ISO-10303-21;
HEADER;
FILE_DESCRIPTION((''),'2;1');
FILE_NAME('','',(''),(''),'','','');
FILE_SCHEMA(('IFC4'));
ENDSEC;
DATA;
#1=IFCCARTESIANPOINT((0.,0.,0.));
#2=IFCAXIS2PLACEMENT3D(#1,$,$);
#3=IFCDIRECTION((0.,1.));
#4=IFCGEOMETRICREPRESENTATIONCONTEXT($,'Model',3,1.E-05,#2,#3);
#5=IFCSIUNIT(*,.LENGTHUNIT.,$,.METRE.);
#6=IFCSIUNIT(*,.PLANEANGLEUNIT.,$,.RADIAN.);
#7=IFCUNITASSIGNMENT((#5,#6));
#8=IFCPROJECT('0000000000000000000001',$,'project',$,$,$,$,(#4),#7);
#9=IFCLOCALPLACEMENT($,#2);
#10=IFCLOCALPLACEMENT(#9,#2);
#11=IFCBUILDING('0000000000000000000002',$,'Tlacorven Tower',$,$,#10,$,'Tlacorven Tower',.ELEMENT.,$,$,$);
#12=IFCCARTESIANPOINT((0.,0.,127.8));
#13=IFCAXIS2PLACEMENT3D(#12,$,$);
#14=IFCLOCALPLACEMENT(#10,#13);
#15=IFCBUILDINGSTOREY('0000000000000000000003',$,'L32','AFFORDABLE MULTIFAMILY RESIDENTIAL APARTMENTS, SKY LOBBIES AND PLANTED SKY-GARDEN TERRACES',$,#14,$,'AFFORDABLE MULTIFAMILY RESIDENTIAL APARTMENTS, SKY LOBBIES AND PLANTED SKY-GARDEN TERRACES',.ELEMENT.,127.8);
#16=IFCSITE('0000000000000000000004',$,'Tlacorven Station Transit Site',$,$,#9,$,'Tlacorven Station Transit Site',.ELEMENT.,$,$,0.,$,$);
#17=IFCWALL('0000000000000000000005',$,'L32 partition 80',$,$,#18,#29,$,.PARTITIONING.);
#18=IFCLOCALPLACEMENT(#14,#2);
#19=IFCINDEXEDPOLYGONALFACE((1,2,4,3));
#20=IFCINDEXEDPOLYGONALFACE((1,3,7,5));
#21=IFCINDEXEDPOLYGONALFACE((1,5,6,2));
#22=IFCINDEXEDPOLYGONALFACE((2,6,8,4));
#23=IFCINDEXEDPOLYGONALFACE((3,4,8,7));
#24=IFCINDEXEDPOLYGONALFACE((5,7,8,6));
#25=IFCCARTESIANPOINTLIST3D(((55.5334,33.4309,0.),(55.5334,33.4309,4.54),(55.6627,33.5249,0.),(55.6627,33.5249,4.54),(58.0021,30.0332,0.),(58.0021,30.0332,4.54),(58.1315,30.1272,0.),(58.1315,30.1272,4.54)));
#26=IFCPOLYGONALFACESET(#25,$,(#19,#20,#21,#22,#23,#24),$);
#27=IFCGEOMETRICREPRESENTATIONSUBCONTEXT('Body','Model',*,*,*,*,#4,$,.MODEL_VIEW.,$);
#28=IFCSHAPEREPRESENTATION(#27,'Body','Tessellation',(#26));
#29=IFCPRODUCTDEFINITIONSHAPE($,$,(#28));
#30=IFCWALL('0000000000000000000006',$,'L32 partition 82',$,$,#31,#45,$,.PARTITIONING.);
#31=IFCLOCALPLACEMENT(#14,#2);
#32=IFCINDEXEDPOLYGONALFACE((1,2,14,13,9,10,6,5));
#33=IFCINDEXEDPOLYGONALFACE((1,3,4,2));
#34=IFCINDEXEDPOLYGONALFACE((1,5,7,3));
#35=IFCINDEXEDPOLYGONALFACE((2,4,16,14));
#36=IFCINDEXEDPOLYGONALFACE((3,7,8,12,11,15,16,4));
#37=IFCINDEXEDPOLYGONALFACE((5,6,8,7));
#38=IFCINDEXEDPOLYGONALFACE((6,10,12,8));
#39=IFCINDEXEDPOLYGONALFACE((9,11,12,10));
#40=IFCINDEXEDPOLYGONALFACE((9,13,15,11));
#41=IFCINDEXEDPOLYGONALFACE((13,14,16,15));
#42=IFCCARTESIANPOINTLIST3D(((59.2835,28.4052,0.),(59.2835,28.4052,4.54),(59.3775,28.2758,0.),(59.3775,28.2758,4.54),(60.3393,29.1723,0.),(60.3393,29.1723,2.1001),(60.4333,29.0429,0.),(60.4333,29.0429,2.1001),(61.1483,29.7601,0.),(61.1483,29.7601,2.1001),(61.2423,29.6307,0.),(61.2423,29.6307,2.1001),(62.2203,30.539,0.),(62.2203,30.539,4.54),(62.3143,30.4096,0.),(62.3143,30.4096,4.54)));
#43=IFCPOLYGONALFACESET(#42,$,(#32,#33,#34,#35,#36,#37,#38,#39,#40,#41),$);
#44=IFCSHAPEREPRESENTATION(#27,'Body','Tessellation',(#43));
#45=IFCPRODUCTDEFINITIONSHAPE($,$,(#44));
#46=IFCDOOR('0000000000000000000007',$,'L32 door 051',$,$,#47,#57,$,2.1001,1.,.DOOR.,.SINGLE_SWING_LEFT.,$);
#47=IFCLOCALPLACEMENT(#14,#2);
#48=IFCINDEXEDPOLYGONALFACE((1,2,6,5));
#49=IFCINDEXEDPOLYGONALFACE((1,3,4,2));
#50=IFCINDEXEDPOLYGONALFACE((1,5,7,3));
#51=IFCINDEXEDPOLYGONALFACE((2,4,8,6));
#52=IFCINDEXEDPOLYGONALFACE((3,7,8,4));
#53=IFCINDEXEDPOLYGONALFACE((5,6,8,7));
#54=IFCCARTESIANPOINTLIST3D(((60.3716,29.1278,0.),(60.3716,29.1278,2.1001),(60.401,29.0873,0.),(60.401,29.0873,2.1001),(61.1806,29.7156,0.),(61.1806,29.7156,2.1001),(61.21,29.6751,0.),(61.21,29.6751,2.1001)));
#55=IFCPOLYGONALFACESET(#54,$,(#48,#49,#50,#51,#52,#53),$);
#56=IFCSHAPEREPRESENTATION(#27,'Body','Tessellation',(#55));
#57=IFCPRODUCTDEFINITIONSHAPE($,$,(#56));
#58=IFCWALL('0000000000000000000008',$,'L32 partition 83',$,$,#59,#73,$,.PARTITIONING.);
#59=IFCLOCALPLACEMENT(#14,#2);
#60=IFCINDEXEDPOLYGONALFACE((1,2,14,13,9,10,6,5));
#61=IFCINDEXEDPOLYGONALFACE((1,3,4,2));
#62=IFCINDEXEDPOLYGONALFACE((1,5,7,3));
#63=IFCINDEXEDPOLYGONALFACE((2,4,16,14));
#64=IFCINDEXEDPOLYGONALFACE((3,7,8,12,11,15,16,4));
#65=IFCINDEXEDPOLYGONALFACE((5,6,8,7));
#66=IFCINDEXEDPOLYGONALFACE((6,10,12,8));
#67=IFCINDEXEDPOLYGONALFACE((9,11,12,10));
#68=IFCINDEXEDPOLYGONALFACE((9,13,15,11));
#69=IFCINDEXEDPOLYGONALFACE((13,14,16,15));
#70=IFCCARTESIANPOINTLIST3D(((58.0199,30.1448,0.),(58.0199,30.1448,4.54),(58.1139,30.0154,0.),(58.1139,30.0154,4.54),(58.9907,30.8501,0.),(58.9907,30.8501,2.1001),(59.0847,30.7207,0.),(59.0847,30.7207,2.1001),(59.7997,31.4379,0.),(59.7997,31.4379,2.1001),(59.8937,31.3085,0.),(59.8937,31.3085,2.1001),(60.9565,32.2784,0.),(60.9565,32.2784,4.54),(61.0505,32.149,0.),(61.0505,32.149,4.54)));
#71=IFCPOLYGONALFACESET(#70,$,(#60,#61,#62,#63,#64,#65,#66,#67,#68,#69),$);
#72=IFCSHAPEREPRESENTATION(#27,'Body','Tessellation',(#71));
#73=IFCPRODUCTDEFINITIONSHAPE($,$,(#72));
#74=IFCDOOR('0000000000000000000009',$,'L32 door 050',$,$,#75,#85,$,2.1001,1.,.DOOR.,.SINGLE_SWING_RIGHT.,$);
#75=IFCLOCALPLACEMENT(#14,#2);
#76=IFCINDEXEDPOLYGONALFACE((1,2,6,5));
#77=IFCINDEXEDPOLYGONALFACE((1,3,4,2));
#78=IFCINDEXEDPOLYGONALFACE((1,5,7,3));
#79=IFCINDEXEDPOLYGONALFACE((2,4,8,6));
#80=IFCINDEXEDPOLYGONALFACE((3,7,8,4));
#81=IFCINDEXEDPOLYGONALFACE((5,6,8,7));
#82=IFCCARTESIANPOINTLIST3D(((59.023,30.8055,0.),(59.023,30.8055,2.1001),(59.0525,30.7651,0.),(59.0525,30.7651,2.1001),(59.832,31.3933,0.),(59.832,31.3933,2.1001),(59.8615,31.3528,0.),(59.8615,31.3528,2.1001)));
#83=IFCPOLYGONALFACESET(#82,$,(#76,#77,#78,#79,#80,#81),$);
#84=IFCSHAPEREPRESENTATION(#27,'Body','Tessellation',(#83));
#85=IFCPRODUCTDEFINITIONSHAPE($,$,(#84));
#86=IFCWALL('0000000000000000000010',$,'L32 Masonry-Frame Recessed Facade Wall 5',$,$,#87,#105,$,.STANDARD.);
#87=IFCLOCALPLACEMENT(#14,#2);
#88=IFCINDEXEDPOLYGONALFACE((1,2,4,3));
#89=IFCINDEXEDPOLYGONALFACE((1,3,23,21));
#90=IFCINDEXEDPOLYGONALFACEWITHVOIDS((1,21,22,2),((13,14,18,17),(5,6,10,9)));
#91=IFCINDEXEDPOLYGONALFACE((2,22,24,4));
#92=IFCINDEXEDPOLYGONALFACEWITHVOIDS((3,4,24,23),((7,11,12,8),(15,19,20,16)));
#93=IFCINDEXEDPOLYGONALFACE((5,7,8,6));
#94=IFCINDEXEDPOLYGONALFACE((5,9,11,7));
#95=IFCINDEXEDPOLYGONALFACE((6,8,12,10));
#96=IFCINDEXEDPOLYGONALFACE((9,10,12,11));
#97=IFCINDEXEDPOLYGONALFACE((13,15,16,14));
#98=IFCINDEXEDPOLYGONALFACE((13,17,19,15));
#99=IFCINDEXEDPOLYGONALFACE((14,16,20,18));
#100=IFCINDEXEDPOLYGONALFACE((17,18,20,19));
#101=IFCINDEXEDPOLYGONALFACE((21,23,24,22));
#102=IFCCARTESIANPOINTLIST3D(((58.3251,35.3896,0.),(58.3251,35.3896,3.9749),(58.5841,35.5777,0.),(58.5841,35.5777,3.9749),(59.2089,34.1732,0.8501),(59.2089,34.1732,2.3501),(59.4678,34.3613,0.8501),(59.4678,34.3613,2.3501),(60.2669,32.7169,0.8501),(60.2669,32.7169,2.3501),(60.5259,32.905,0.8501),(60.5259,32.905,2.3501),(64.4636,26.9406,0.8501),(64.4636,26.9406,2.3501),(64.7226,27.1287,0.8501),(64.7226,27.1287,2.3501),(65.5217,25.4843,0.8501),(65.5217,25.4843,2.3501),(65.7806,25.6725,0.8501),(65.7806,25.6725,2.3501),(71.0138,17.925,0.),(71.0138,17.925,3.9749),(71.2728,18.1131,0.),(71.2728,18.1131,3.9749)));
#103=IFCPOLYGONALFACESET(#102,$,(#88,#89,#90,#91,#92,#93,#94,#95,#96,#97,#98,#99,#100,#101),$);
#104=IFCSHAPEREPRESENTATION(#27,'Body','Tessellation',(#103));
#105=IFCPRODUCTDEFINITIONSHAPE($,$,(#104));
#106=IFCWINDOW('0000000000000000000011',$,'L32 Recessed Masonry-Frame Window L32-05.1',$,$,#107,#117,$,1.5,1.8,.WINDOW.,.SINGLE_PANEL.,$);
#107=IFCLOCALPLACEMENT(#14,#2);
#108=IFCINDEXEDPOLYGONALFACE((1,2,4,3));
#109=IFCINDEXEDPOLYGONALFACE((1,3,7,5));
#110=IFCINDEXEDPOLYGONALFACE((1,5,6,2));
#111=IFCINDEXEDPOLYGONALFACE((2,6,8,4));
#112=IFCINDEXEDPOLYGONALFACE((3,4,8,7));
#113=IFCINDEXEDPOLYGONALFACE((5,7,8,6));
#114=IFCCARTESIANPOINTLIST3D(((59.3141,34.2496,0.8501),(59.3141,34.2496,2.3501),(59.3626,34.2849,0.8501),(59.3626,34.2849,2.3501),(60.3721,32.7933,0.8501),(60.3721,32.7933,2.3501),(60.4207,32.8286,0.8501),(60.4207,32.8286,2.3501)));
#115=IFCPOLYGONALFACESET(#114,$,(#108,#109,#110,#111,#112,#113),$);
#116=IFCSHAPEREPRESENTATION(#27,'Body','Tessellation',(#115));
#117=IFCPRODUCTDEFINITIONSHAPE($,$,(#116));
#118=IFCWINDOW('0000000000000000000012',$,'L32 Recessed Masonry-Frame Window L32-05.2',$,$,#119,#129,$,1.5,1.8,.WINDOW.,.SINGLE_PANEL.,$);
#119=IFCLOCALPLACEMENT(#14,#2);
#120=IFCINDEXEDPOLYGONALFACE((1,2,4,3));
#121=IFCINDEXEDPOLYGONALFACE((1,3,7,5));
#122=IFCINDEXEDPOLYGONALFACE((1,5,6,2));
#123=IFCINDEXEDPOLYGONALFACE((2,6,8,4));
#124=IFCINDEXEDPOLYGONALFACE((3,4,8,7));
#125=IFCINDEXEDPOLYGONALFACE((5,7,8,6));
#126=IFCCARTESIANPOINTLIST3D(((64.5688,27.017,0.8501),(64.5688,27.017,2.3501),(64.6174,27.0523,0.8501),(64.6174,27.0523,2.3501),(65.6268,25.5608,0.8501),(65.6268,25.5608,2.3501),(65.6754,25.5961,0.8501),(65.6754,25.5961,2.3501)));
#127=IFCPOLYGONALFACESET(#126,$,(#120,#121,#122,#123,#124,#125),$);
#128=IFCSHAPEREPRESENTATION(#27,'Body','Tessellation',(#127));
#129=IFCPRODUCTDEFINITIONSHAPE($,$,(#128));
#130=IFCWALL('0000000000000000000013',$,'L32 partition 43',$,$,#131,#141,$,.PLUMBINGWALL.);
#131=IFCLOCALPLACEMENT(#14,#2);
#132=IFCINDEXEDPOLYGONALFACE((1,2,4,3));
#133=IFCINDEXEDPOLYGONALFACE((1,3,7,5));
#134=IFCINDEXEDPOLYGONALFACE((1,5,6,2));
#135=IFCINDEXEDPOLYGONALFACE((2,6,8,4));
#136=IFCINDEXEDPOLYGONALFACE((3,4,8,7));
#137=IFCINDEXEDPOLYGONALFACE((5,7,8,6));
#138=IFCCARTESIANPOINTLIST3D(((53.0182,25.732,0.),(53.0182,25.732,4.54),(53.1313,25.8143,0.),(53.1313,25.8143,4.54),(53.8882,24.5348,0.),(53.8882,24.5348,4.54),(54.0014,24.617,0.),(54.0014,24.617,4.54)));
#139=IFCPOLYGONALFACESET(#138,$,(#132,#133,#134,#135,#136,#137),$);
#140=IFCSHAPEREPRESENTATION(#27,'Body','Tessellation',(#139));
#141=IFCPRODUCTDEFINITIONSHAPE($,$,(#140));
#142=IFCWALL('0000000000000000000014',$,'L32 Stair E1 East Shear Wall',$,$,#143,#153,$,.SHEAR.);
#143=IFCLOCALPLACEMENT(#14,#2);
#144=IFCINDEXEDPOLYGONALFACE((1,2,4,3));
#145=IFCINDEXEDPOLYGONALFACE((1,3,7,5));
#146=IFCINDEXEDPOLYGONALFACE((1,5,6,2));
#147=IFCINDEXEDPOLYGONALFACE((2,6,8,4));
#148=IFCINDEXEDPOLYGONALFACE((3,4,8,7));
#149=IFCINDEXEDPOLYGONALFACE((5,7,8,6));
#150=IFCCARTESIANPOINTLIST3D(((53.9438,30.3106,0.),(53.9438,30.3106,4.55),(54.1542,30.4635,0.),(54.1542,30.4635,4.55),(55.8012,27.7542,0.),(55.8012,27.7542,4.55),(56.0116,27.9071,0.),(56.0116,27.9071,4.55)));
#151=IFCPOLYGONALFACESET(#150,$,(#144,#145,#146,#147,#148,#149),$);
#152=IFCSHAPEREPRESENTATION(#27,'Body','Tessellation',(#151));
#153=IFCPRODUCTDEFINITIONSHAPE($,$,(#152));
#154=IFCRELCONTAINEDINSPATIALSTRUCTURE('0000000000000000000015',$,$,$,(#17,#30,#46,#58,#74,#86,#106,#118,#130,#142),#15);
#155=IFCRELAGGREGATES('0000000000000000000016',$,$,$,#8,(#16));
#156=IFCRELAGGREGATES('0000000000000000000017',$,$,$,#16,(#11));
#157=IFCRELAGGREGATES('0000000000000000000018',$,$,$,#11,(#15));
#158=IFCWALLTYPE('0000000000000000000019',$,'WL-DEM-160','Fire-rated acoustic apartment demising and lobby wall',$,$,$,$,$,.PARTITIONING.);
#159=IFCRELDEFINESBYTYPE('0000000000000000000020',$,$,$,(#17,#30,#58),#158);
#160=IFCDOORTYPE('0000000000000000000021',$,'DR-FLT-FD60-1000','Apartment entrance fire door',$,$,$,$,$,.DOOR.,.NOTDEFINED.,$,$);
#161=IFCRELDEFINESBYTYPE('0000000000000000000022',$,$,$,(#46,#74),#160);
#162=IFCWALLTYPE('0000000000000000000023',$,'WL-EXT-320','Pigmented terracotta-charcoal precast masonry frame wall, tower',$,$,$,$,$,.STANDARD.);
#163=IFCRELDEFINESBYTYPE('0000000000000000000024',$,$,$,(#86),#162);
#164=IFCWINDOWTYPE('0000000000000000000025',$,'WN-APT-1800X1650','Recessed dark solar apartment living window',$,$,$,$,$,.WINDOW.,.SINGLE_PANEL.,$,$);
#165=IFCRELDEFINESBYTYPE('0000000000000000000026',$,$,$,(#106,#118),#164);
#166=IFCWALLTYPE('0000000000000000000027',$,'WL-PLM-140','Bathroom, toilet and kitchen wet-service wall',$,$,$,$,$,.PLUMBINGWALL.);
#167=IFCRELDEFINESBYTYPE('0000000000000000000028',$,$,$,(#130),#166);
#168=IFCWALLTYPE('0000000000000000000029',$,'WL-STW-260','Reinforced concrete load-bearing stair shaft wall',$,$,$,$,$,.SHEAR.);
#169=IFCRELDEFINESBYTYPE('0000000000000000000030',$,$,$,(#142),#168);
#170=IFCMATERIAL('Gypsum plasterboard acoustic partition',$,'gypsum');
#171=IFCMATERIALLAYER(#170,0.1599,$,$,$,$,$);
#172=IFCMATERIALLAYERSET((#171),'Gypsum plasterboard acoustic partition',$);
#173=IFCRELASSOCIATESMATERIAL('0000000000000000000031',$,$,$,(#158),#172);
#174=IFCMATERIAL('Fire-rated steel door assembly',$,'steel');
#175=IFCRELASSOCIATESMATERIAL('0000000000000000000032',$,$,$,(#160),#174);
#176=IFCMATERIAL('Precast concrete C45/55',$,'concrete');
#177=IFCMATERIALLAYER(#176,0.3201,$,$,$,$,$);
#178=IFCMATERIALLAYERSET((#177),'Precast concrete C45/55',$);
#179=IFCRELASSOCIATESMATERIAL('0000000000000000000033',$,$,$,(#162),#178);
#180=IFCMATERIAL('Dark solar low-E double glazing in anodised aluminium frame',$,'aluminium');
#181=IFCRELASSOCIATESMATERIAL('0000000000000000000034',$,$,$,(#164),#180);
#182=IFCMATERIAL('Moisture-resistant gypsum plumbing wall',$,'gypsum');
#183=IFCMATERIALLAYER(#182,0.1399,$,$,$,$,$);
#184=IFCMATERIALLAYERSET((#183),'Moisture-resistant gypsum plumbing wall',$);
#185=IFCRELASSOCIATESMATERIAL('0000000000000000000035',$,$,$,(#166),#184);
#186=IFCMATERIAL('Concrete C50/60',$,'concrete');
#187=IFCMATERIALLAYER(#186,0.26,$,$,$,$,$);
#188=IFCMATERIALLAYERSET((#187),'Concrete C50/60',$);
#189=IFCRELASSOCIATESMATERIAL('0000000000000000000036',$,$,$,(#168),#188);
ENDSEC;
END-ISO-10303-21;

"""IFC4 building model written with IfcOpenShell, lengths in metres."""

from ifc_helpers import new_model, si_unit, direction, frame, frame_2d, origin, place, context, subcontext, project, spatial, rectangle, extrude, source, transform, mapped, material, layer, layer_set, type_object, element, fill, save


model = new_model("IFC4")

# Units and contexts
model_context = context("Model", 3, precision=1e-05, world=origin(), true_north=direction((0.0, 1.0)))
body_context = subcontext(model_context, "Body", "Model", "MODEL_VIEW")
ifc_project = project(units=[si_unit("LENGTHUNIT", "METRE"), si_unit("PLANEANGLEUNIT", "RADIAN")], contexts=[model_context])

# Site, building, storey
site_placement = place(None, origin())
site = spatial("IfcSite", under=ifc_project, at=site_placement, Name="Tlacorven Station Transit Site", LongName="Tlacorven Station Transit Site", CompositionType="ELEMENT", RefElevation=0.0)
building_placement = place(site_placement, origin())
building = spatial("IfcBuilding", under=site, at=building_placement, Name="Tlacorven Tower", LongName="Tlacorven Tower", CompositionType="ELEMENT")
storey_placement = place(building_placement, frame((0.0, 0.0, 127.8)))
storey = spatial("IfcBuildingStorey", under=building, at=storey_placement, Name="L32", Description="AFFORDABLE MULTIFAMILY RESIDENTIAL APARTMENTS, SKY LOBBIES AND PLANTED SKY-GARDEN TERRACES", LongName="AFFORDABLE MULTIFAMILY RESIDENTIAL APARTMENTS, SKY LOBBIES AND PLANTED SKY-GARDEN TERRACES", CompositionType="ELEMENT", Elevation=127.8)

# Shared definitions
ifc_material_1 = material(Name="Gypsum plasterboard acoustic partition", Category="gypsum")
ifc_layer_1 = layer(ifc_material_1, 0.1599)
ifc_layer_set_1 = layer_set([ifc_layer_1], Name="Gypsum plasterboard acoustic partition")
wall_type_1 = type_object("IfcWallType", Name="WL-DEM-160", Description="Fire-rated acoustic apartment demising and lobby wall", PredefinedType="PARTITIONING", material=ifc_layer_set_1)
ifc_material_2 = material(Name="Fire-rated steel door assembly", Category="steel")
door_type = type_object("IfcDoorType", Name="DR-FLT-FD60-1000", Description="Apartment entrance fire door", OperationType="NOTDEFINED", PredefinedType="DOOR", material=ifc_material_2)
shared_shape_1 = source(origin(), body_context, "Body", "SweptSolid", [
    extrude(rectangle(XDim=1.0, YDim=2.1001, at=frame_2d((0.5, 1.05))), frame((0.0, 0.0249, 0.0), z_axis=(0.0, -1.0, 0.0), x_axis=(1.0, 0.0, 0.0)), (0.0, 0.0, 1.0), 0.05),
])

# Wall
wall_1_placement = place(storey_placement, frame((58.0669, 30.0801, 0.0), z_axis=(0.0, 0.0, 1.0), x_axis=(-0.587812, 0.808997, 0.0)))
element("IfcWall", 1, at=wall_1_placement, inside=storey, type_object=wall_type_1, Name="L32 partition 80", PredefinedType="PARTITIONING", context=body_context, shape_type="SweptSolid", body=[
    extrude(rectangle(XDim=4.2, YDim=0.1599, at=frame_2d((2.1001, 0.0))), origin(), (0.0, 0.0, 1.0), 4.54),
])

# Walls, openings, doors
wall_2_placement = place(storey_placement, frame((59.3306, 28.3406, 0.0), z_axis=(0.0, 0.0, 1.0), x_axis=(0.809004, 0.587804, 0.0)))
wall_2 = element("IfcWall", 2, at=wall_2_placement, inside=storey, type_object=wall_type_1, Name="L32 partition 82", PredefinedType="PARTITIONING", context=body_context, shape_type="SweptSolid", body=[
    extrude(rectangle(XDim=3.6301, YDim=0.1599, at=frame_2d((1.8149, 0.0))), origin(), (0.0, 0.0, 1.0), 4.54),
])
opening_1_placement = place(wall_2_placement, frame((1.3049, 0.0, 0.0)))
opening_1 = element("IfcOpeningElement", 3, at=opening_1_placement, cuts=wall_2, PredefinedType="OPENING", context=body_context, shape_type="SweptSolid", body=[
    extrude(rectangle(XDim=1.0, YDim=2.1001, at=frame_2d((0.5, 1.05))), frame((0.0, 0.0898, 0.0), z_axis=(0.0, -1.0, 0.0), x_axis=(1.0, 0.0, 0.0)), (0.0, 0.0, 1.0), 0.1799),
])
door_1_placement = place(opening_1_placement, origin())
door_1 = element("IfcDoor", 4, at=door_1_placement, inside=storey, type_object=door_type, Name="L32 door 051", OperationType="SINGLE_SWING_LEFT", OverallHeight=2.1001, OverallWidth=1.0, PredefinedType="DOOR", context=body_context, shape_type="MappedRepresentation", body=[
    mapped(shared_shape_1, transform((0.0, 0.0, 0.0), scale=1.0)),
])
fill(opening_1, door_1)
wall_3_placement = place(storey_placement, frame((58.0669, 30.0801, 0.0), z_axis=(0.0, 0.0, 1.0), x_axis=(0.809012, 0.587792, 0.0)))
wall_3 = element("IfcWall", 5, at=wall_3_placement, inside=storey, type_object=wall_type_1, Name="L32 partition 83", PredefinedType="PARTITIONING", context=body_context, shape_type="SweptSolid", body=[
    extrude(rectangle(XDim=3.6299, YDim=0.1599, at=frame_2d((1.8149, 0.0))), origin(), (0.0, 0.0, 1.0), 4.54),
])
opening_2_placement = place(wall_3_placement, frame((1.2, 0.0, 0.0)))
opening_2 = element("IfcOpeningElement", 6, at=opening_2_placement, cuts=wall_3, PredefinedType="OPENING", context=body_context, shape_type="SweptSolid", body=[
    extrude(rectangle(XDim=1.0, YDim=2.1001, at=frame_2d((0.5, 1.05))), frame((0.0, 0.0898, 0.0), z_axis=(0.0, -1.0, 0.0), x_axis=(1.0, 0.0, 0.0)), (0.0, 0.0, 1.0), 0.1799),
])
door_2_placement = place(opening_2_placement, origin())
door_2 = element("IfcDoor", 7, at=door_2_placement, inside=storey, type_object=door_type, Name="L32 door 050", OperationType="SINGLE_SWING_RIGHT", OverallHeight=2.1001, OverallWidth=1.0, PredefinedType="DOOR", context=body_context, shape_type="MappedRepresentation", body=[
    mapped(shared_shape_1, transform((0.0, 0.0, 0.0), scale=1.0)),
])
fill(opening_2, door_2)

# Wall, openings, windows
ifc_material_3 = material(Name="Precast concrete C45/55", Category="concrete")
ifc_layer_2 = layer(ifc_material_3, 0.3201)
ifc_layer_set_2 = layer_set([ifc_layer_2], Name="Precast concrete C45/55")
wall_type_2 = type_object("IfcWallType", Name="WL-EXT-320", Description="Pigmented terracotta-charcoal precast masonry frame wall, tower", PredefinedType="STANDARD", material=ifc_layer_set_2)
wall_4_placement = place(storey_placement, frame((58.4546, 35.4836, 0.0), z_axis=(0.0, 0.0, 1.0), x_axis=(0.587784, -0.809018, 0.0)))
wall_4 = element("IfcWall", 8, at=wall_4_placement, inside=storey, type_object=wall_type_2, Name="L32 Masonry-Frame Recessed Facade Wall 5", PredefinedType="STANDARD", context=body_context, shape_type="SweptSolid", body=[
    extrude(rectangle(XDim=21.5874, YDim=0.3201, at=frame_2d((10.7937, 0.0))), origin(), (0.0, 0.0, 1.0), 3.9749),
])
opening_3_placement = place(wall_4_placement, frame((1.5037, 0.0, 0.8501)))
opening_3 = element("IfcOpeningElement", 9, at=opening_3_placement, cuts=wall_4, PredefinedType="OPENING", context=body_context, shape_type="SweptSolid", body=[
    extrude(rectangle(XDim=1.8, YDim=1.5, at=frame_2d((0.8999, 0.75))), frame((0.0, 0.1699, 0.0), z_axis=(0.0, -1.0, 0.0), x_axis=(1.0, 0.0, 0.0)), (0.0, 0.0, 1.0), 0.3401),
])
opening_4_placement = place(wall_4_placement, frame((10.4436, 0.0, 0.8501)))
opening_4 = element("IfcOpeningElement", 10, at=opening_4_placement, cuts=wall_4, PredefinedType="OPENING", context=body_context, shape_type="SweptSolid", body=[
    extrude(rectangle(XDim=1.8, YDim=1.5, at=frame_2d((0.8999, 0.75))), frame((0.0, 0.1699, 0.0), z_axis=(0.0, -1.0, 0.0), x_axis=(1.0, 0.0, 0.0)), (0.0, 0.0, 1.0), 0.3401),
])
ifc_material_4 = material(Name="Dark solar low-E double glazing in anodised aluminium frame", Category="aluminium")
window_type = type_object("IfcWindowType", Name="WN-APT-1800X1650", Description="Recessed dark solar apartment living window", PartitioningType="SINGLE_PANEL", PredefinedType="WINDOW", material=ifc_material_4)
shared_shape_2 = source(origin(), body_context, "Body", "SweptSolid", [
    extrude(rectangle(XDim=1.8, YDim=1.5, at=frame_2d((0.8999, 0.75))), frame((0.0, 0.03, 0.0), z_axis=(0.0, -1.0, 0.0), x_axis=(1.0, 0.0, 0.0)), (0.0, 0.0, 1.0), 0.0601),
])
window_1_placement = place(opening_3_placement, origin())
window_1 = element("IfcWindow", 11, at=window_1_placement, inside=storey, type_object=window_type, Name="L32 Recessed Masonry-Frame Window L32-05.1", OverallHeight=1.5, OverallWidth=1.8, PartitioningType="SINGLE_PANEL", PredefinedType="WINDOW", context=body_context, shape_type="MappedRepresentation", body=[
    mapped(shared_shape_2, transform((0.0, 0.0, 0.0), scale=1.0)),
])
fill(opening_3, window_1)
window_2_placement = place(opening_4_placement, origin())
window_2 = element("IfcWindow", 12, at=window_2_placement, inside=storey, type_object=window_type, Name="L32 Recessed Masonry-Frame Window L32-05.2", OverallHeight=1.5, OverallWidth=1.8, PartitioningType="SINGLE_PANEL", PredefinedType="WINDOW", context=body_context, shape_type="MappedRepresentation", body=[
    mapped(shared_shape_2, transform((0.0, 0.0, 0.0), scale=1.0)),
])
fill(opening_4, window_2)

# Walls
ifc_material_5 = material(Name="Moisture-resistant gypsum plumbing wall", Category="gypsum")
ifc_layer_3 = layer(ifc_material_5, 0.1399)
ifc_layer_set_3 = layer_set([ifc_layer_3], Name="Moisture-resistant gypsum plumbing wall")
wall_type_3 = type_object("IfcWallType", Name="WL-PLM-140", Description="Bathroom, toilet and kitchen wet-service wall", PredefinedType="PLUMBINGWALL", material=ifc_layer_set_3)
wall_5_placement = place(storey_placement, frame((53.9448, 24.5759, 0.0), z_axis=(0.0, 0.0, 1.0), x_axis=(-0.587897, 0.808936, 0.0)))
element("IfcWall", 13, at=wall_5_placement, inside=storey, type_object=wall_type_3, Name="L32 partition 43", PredefinedType="PLUMBINGWALL", context=body_context, shape_type="SweptSolid", body=[
    extrude(rectangle(XDim=1.48, YDim=0.1399, at=frame_2d((0.74, 0.0))), origin(), (0.0, 0.0, 1.0), 4.54),
])
ifc_material_6 = material(Name="Concrete C50/60", Category="concrete")
ifc_layer_4 = layer(ifc_material_6, 0.26)
ifc_layer_set_4 = layer_set([ifc_layer_4], Name="Concrete C50/60")
wall_type_4 = type_object("IfcWallType", Name="WL-STW-260", Description="Reinforced concrete load-bearing stair shaft wall", PredefinedType="SHEAR", material=ifc_layer_set_4)
wall_6_placement = place(storey_placement, frame((55.9065, 27.8306, 0.0), z_axis=(0.0, 0.0, 1.0), x_axis=(-0.587804, 0.809003, 0.0)))
element("IfcWall", 14, at=wall_6_placement, inside=storey, type_object=wall_type_4, Name="L32 Stair E1 East Shear Wall", PredefinedType="SHEAR", context=body_context, shape_type="SweptSolid", body=[
    extrude(rectangle(XDim=3.1599, YDim=0.26, at=frame_2d((1.5801, 0.0))), origin(), (0.0, 0.0, 1.0), 4.55),
])

save(model, "model.ifc")
